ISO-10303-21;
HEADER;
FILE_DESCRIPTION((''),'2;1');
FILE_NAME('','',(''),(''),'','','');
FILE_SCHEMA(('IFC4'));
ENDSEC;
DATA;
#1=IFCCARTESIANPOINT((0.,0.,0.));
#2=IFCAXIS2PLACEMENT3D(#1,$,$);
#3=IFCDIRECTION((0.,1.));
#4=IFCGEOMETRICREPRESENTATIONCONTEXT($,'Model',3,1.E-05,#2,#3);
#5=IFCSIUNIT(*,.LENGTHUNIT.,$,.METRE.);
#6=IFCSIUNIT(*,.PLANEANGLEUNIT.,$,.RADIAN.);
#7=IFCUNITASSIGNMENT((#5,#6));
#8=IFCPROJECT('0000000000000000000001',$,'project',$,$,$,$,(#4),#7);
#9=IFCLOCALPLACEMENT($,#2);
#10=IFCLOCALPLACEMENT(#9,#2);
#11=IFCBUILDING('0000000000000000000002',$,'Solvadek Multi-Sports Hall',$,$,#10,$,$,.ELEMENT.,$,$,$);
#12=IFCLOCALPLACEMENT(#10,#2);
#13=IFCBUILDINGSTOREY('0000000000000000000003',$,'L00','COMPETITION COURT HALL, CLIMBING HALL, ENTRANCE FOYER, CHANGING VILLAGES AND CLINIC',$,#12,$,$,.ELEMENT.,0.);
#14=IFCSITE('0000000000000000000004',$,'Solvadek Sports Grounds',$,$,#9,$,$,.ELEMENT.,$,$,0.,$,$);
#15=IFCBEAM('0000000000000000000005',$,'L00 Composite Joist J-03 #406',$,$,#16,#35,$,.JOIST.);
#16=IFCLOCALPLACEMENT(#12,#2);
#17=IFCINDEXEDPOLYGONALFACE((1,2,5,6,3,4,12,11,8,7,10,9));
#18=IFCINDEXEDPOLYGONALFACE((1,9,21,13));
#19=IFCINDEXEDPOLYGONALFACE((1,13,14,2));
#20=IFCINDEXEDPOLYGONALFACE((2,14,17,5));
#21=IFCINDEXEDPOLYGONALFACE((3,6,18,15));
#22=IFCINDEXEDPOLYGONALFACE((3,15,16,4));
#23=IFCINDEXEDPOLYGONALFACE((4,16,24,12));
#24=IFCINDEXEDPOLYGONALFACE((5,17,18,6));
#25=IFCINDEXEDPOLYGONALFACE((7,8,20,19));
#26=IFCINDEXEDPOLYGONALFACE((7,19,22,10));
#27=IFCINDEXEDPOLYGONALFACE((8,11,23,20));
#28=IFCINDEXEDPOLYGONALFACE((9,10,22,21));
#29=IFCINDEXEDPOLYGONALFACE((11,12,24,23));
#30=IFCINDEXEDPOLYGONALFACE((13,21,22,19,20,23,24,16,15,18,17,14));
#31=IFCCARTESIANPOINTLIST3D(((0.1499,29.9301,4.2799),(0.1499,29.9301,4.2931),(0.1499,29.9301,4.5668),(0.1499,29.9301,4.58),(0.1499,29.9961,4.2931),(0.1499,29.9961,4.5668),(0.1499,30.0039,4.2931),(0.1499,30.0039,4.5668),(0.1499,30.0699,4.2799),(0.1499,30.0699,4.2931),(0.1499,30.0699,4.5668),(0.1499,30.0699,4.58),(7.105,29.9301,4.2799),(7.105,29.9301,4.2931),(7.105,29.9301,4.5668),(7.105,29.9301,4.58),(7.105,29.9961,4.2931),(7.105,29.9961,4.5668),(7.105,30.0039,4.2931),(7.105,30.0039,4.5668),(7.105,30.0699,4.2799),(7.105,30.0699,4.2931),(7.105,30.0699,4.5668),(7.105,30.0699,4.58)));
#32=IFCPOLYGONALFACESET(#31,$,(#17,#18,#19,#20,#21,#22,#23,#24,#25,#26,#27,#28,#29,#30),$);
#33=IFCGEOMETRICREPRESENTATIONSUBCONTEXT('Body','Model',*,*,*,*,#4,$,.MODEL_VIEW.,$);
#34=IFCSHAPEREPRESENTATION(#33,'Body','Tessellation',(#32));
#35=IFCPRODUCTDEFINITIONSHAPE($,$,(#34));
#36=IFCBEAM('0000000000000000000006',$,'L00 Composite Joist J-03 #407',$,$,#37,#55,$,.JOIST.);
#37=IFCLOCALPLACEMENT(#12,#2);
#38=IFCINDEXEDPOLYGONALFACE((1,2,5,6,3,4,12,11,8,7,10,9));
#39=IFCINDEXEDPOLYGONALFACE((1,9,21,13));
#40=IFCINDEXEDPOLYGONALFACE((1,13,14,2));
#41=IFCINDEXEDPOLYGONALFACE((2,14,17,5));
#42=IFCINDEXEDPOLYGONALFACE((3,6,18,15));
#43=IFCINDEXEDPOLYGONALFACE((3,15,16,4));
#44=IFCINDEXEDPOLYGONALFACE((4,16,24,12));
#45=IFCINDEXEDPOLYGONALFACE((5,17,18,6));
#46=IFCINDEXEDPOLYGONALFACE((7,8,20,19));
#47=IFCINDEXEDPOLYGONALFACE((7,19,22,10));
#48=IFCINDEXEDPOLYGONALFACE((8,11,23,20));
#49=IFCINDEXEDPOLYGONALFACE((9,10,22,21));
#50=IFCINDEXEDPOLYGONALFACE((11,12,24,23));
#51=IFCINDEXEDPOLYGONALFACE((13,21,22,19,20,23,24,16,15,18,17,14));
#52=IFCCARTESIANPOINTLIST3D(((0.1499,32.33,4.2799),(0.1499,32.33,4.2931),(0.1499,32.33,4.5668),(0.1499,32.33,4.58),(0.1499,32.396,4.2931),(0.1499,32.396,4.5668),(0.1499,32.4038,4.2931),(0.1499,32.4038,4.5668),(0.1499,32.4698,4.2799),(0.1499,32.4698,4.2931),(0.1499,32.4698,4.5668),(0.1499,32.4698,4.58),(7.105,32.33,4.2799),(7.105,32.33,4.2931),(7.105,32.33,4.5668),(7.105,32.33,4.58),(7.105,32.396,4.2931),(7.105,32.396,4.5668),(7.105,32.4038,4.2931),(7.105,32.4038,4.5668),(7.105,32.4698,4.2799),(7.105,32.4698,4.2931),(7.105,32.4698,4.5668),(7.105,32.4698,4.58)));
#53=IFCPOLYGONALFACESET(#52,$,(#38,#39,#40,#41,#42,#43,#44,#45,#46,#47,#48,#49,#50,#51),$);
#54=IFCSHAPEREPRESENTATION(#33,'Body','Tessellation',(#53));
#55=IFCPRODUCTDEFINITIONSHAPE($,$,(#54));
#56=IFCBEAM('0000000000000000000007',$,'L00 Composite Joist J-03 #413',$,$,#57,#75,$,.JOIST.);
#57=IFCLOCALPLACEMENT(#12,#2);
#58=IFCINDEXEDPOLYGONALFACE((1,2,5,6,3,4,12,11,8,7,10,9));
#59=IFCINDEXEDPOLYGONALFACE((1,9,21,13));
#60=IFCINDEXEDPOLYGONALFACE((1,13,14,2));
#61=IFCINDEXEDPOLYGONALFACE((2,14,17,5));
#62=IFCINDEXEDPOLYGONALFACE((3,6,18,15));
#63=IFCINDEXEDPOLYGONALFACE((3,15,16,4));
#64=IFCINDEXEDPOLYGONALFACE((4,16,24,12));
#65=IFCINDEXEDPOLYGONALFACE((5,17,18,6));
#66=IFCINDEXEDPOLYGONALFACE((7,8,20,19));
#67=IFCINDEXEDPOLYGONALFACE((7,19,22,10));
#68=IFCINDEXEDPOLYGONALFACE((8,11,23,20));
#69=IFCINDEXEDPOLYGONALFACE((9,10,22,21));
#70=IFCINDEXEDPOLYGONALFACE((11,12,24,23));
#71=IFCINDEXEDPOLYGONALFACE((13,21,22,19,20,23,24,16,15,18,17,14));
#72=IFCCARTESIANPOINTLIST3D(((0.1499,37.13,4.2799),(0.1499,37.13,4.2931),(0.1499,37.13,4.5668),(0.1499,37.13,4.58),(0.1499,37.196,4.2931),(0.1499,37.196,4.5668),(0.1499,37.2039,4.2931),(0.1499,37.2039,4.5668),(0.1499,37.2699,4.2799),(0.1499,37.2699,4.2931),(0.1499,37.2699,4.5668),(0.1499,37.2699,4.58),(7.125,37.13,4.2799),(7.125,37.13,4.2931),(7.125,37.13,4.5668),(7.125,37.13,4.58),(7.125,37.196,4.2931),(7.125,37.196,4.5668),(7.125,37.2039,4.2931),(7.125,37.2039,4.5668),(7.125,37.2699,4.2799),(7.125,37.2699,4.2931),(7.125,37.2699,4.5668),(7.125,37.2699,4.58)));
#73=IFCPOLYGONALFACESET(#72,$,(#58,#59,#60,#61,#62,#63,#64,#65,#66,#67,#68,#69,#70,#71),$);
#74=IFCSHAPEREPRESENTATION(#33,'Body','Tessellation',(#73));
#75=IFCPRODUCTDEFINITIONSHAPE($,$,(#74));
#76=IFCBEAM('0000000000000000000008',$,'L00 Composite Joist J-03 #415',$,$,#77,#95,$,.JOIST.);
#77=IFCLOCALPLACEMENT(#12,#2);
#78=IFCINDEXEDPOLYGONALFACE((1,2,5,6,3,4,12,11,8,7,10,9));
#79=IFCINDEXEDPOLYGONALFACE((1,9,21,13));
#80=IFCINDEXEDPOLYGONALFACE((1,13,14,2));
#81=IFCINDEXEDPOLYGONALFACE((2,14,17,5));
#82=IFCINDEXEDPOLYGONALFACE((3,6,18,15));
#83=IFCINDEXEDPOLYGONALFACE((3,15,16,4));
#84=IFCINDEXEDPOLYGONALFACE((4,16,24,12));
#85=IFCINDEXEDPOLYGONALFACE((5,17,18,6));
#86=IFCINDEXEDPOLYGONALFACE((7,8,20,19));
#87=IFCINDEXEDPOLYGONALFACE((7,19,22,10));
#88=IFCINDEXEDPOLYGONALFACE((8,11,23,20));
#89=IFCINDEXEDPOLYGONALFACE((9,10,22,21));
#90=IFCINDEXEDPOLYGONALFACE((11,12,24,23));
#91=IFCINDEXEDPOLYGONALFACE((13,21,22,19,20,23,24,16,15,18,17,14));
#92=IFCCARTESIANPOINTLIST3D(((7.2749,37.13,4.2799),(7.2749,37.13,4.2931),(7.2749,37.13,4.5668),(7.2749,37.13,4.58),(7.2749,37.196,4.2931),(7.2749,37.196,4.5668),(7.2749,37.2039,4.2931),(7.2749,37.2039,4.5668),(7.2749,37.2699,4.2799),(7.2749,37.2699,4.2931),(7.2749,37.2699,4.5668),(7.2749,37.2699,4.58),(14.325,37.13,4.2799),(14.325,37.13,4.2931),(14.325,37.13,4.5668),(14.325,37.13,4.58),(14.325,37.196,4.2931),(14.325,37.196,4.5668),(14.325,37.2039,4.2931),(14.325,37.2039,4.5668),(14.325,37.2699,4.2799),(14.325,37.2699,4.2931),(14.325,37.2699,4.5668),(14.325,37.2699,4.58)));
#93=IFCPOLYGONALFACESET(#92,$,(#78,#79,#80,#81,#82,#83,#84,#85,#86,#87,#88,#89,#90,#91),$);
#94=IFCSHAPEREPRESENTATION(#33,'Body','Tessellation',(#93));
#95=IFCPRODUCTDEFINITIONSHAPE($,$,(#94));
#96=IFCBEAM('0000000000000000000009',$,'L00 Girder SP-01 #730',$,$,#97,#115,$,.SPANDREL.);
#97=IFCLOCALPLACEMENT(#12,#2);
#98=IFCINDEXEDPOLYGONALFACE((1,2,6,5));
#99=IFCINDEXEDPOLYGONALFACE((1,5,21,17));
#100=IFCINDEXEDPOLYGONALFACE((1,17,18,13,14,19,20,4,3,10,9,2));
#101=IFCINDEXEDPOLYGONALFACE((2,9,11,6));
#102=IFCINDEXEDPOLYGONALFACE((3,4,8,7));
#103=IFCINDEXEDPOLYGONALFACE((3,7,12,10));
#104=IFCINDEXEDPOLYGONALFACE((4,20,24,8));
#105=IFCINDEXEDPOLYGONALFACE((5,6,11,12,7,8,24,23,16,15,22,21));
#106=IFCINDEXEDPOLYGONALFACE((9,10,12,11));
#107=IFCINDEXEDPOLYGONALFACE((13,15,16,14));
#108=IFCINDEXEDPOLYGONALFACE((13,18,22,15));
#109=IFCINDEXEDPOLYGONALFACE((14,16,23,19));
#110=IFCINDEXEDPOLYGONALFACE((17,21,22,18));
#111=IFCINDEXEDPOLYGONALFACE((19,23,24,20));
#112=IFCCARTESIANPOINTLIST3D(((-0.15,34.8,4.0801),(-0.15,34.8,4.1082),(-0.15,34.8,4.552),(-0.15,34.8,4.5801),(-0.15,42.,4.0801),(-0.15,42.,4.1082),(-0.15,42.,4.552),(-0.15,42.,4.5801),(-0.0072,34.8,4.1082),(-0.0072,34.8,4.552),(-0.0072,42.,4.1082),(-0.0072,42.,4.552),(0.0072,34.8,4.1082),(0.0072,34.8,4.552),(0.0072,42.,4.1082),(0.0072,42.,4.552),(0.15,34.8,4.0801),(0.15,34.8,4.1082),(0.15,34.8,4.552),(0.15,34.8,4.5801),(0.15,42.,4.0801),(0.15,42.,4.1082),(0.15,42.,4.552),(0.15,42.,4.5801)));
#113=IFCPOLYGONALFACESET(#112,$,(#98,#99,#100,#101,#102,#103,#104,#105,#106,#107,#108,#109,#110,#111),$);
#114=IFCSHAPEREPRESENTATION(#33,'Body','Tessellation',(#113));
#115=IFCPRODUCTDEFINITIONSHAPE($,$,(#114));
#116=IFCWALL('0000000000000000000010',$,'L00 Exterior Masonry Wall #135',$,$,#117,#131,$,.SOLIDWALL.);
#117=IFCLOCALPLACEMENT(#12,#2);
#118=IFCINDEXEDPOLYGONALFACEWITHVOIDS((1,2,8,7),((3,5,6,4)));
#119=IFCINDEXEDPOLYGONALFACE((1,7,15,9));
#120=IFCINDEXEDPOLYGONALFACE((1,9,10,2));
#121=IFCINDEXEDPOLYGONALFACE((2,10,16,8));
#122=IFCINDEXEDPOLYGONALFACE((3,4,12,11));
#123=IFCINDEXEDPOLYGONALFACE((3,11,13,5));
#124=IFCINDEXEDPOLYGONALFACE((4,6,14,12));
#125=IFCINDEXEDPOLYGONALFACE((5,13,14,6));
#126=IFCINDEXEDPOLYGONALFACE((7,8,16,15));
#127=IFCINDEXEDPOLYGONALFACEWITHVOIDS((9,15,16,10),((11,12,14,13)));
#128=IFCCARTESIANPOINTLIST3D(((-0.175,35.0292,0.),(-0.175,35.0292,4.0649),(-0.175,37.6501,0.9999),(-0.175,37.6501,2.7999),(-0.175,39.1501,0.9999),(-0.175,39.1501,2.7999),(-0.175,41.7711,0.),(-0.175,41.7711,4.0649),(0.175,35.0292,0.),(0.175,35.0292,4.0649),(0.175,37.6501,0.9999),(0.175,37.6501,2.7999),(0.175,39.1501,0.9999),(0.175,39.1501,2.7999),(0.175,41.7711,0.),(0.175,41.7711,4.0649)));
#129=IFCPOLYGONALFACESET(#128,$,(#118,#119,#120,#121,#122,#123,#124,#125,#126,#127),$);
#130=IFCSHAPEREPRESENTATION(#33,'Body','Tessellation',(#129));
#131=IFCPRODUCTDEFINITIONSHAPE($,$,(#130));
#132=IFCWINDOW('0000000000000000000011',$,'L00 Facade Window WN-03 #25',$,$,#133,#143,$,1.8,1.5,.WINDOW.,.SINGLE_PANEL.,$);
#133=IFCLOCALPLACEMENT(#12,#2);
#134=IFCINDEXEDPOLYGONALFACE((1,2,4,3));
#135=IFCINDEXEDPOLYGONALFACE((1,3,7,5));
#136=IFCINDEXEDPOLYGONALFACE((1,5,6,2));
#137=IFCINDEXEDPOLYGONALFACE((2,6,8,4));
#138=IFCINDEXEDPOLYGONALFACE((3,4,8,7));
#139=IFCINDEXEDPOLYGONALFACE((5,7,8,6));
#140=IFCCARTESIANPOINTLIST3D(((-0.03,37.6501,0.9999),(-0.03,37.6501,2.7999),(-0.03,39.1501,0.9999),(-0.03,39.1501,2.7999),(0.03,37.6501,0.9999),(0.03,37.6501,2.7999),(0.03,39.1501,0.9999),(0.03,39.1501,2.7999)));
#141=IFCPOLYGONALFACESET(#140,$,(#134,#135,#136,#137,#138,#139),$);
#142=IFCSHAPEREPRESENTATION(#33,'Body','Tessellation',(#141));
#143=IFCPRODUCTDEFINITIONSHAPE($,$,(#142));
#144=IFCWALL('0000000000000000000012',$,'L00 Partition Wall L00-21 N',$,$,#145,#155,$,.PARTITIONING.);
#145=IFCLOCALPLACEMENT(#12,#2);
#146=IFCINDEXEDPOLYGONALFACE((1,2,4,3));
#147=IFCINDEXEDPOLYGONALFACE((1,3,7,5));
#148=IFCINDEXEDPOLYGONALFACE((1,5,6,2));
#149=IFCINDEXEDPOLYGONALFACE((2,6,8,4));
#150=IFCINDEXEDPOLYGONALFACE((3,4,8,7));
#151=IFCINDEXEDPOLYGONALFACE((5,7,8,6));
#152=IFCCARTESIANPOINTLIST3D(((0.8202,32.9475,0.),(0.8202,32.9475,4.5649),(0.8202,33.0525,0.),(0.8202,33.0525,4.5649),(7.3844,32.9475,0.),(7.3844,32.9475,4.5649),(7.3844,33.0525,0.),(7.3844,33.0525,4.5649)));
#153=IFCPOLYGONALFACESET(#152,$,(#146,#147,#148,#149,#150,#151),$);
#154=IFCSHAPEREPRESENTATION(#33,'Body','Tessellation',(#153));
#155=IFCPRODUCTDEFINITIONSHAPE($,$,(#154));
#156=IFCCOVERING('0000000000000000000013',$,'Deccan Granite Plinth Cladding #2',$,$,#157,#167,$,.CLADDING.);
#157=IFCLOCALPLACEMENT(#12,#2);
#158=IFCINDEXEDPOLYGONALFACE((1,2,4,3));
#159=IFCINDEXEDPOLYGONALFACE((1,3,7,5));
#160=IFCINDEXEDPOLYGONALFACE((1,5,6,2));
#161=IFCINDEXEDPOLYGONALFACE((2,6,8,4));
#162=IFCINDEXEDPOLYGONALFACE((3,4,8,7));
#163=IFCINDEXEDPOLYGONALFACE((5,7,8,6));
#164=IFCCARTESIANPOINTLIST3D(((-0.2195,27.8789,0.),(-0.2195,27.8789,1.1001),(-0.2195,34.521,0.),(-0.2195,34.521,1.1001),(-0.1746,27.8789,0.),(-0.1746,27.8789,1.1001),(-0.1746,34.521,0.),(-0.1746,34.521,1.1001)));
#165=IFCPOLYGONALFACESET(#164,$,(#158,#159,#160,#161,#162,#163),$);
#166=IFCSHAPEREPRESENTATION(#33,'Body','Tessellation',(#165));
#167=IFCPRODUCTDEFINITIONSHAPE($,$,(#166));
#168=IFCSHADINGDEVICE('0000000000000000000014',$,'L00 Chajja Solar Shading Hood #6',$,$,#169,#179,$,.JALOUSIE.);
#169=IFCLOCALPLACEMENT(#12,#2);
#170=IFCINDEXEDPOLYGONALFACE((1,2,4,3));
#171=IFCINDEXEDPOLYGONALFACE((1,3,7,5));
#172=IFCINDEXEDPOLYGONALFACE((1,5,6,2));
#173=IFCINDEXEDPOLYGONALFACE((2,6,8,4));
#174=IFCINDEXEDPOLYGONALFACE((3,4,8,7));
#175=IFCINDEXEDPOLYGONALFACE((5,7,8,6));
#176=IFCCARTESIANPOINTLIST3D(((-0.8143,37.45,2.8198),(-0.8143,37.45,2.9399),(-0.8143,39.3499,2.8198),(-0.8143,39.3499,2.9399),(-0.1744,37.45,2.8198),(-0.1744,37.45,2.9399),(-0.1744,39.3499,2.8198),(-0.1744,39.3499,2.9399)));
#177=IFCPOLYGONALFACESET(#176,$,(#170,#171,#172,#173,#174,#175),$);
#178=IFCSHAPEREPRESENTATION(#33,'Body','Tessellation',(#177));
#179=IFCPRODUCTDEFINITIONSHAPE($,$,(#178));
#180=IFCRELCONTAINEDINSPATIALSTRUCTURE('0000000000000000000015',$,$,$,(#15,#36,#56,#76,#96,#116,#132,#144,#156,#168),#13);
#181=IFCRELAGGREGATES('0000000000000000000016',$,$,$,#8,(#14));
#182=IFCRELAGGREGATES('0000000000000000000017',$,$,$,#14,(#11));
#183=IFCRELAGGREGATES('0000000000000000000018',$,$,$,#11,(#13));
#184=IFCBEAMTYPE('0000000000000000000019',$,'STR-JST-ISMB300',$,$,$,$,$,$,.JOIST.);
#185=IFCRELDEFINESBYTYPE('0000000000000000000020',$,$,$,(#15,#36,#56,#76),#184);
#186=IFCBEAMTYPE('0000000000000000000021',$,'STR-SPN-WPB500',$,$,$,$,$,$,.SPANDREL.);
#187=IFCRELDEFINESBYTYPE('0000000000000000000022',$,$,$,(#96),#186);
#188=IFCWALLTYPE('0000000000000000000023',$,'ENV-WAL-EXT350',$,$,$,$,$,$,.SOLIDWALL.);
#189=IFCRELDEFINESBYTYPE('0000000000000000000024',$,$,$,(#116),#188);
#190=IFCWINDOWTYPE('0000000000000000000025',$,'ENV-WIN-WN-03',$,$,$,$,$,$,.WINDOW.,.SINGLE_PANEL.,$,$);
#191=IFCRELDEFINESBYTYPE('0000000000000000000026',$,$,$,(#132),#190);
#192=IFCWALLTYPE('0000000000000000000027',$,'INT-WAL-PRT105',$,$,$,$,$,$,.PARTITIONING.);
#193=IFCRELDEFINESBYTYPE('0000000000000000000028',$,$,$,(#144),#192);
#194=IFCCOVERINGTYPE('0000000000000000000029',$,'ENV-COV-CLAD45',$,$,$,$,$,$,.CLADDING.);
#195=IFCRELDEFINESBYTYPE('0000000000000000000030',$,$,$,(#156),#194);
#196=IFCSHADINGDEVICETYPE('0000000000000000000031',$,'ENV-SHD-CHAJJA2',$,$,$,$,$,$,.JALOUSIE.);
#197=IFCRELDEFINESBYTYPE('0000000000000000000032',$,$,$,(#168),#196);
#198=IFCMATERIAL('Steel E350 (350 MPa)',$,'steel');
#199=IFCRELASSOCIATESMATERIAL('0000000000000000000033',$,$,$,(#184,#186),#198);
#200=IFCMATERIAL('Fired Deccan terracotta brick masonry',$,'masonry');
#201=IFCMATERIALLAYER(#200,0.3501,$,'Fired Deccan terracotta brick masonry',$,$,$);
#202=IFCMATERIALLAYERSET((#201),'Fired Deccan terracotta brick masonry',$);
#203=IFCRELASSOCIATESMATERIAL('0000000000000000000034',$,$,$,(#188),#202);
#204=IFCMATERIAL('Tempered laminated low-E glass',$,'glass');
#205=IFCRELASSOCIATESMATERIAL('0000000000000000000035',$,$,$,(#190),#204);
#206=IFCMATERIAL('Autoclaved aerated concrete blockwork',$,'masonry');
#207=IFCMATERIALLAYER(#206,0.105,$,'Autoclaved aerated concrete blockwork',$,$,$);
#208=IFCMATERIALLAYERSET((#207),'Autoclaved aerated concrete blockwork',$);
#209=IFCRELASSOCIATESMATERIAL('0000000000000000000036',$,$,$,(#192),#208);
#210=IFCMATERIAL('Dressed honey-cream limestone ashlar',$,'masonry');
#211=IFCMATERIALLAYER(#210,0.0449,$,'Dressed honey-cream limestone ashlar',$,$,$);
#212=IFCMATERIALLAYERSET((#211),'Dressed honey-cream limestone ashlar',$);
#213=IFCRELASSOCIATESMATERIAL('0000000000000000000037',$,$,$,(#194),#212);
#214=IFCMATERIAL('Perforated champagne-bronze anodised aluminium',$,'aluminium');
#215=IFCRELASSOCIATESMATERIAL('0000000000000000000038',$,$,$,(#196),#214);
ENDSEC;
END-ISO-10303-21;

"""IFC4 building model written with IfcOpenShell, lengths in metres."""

from ifc_helpers import new_model, si_unit, direction, frame, frame_2d, origin, origin_2d, place, context, subcontext, project, spatial, rectangle, i_section, extrude, material, layer, layer_set, material_profile, profile_set, type_object, element, fill, save


model = new_model("IFC4")

# Units and contexts
model_context = context("Model", 3, precision=1e-05, world=origin(), true_north=direction((0.0, 1.0)))
body_context = subcontext(model_context, "Body", "Model", "MODEL_VIEW")
ifc_project = project(units=[si_unit("LENGTHUNIT", "METRE"), si_unit("PLANEANGLEUNIT", "RADIAN")], contexts=[model_context])

# Site, building, storey
site_placement = place(None, origin())
site = spatial("IfcSite", under=ifc_project, at=site_placement, Name="Solvadek Sports Grounds", CompositionType="ELEMENT", RefElevation=0.0)
building_placement = place(site_placement, origin())
building = spatial("IfcBuilding", under=site, at=building_placement, Name="Solvadek Multi-Sports Hall", CompositionType="ELEMENT")
storey_placement = place(building_placement, origin())
storey = spatial("IfcBuildingStorey", under=building, at=storey_placement, Name="L00", Description="COMPETITION COURT HALL, CLIMBING HALL, ENTRANCE FOYER, CHANGING VILLAGES AND CLINIC", CompositionType="ELEMENT", Elevation=0.0)

# Shared definitions
ifc_material_1 = material(Name="Steel E350 (350 MPa)", Category="steel")

# Beams
ifc_material_profile_1 = material_profile(ifc_material_1, i_section(OverallWidth=0.1399, OverallDepth=0.3, WebThickness=0.0078, FlangeThickness=0.0132, at=origin_2d()), Name="ISMB 300")
ifc_profile_set_1 = profile_set([ifc_material_profile_1], Name="Steel E350 (350 MPa)")
beam_type_1 = type_object("IfcBeamType", Name="STR-JST-ISMB300", PredefinedType="JOIST", material=ifc_profile_set_1)
for number, where, z_axis, x_axis, name in (
    (1, (0.1499, 30.0, 4.4299), (1.0, 0.0, 0.0), (0.0, 1.0, 0.0), "L00 Composite Joist J-03 #406"),
    (2, (0.1499, 32.3999, 4.4299), (1.0, 0.0, 0.0), (0.0, 1.0, 0.0), "L00 Composite Joist J-03 #407"),
):
    element("IfcBeam", number, at=place(storey_placement, frame(where, z_axis=z_axis, x_axis=x_axis)), inside=storey, type_object=beam_type_1, Name=name, PredefinedType="JOIST", context=body_context, shape_type="SweptSolid", body=[
        extrude(i_section(OverallWidth=0.1399, OverallDepth=0.3, WebThickness=0.0078, FlangeThickness=0.0132, at=origin_2d()), origin(), (0.0, 0.0, 1.0), 6.9551),
    ])
beam_1_placement = place(storey_placement, frame((0.1499, 37.2, 4.4299), z_axis=(1.0, 0.0, 0.0), x_axis=(0.0, 1.0, 0.0)))
element("IfcBeam", 3, at=beam_1_placement, inside=storey, type_object=beam_type_1, Name="L00 Composite Joist J-03 #413", PredefinedType="JOIST", context=body_context, shape_type="SweptSolid", body=[
    extrude(i_section(OverallWidth=0.1399, OverallDepth=0.3, WebThickness=0.0078, FlangeThickness=0.0132, at=origin_2d()), origin(), (0.0, 0.0, 1.0), 6.9751),
])
beam_2_placement = place(storey_placement, frame((7.2749, 37.2, 4.4299), z_axis=(1.0, 0.0, 0.0), x_axis=(0.0, 1.0, 0.0)))
element("IfcBeam", 4, at=beam_2_placement, inside=storey, type_object=beam_type_1, Name="L00 Composite Joist J-03 #415", PredefinedType="JOIST", context=body_context, shape_type="SweptSolid", body=[
    extrude(i_section(OverallWidth=0.1399, OverallDepth=0.3, WebThickness=0.0078, FlangeThickness=0.0132, at=origin_2d()), origin(), (0.0, 0.0, 1.0), 7.05),
])
ifc_material_profile_2 = material_profile(ifc_material_1, i_section(OverallWidth=0.3, OverallDepth=0.5, WebThickness=0.0144, FlangeThickness=0.0281, at=origin_2d()), Name="WPB 500")
ifc_profile_set_2 = profile_set([ifc_material_profile_2], Name="Steel E350 (350 MPa)")
beam_type_2 = type_object("IfcBeamType", Name="STR-SPN-WPB500", PredefinedType="SPANDREL", material=ifc_profile_set_2)
beam_3_placement = place(storey_placement, frame((0.0, 34.8, 4.3301), z_axis=(0.0, 1.0, 0.0), x_axis=(-1.0, 0.0, 0.0)))
element("IfcBeam", 5, at=beam_3_placement, inside=storey, type_object=beam_type_2, Name="L00 Girder SP-01 #730", PredefinedType="SPANDREL", context=body_context, shape_type="SweptSolid", body=[
    extrude(i_section(OverallWidth=0.3, OverallDepth=0.5, WebThickness=0.0144, FlangeThickness=0.0281, at=origin_2d()), origin(), (0.0, 0.0, 1.0), 7.2),
])

# Shared definitions
ifc_material_2 = material(Name="Fired Deccan terracotta brick masonry", Category="masonry")
ifc_layer_1 = layer(ifc_material_2, 0.3501, Name="Fired Deccan terracotta brick masonry")
ifc_layer_set_1 = layer_set([ifc_layer_1], Name="Fired Deccan terracotta brick masonry")
wall_type_1 = type_object("IfcWallType", Name="ENV-WAL-EXT350", PredefinedType="SOLIDWALL", material=ifc_layer_set_1)

# Wall, opening, window
wall_1_placement = place(storey_placement, frame((0.0, 35.0291, 0.0), z_axis=(0.0, 0.0, 1.0), x_axis=(0.0, 1.0, 0.0)))
wall_1 = element("IfcWall", 6, at=wall_1_placement, inside=storey, type_object=wall_type_1, Name="L00 Exterior Masonry Wall #135", PredefinedType="SOLIDWALL", context=body_context, shape_type="SweptSolid", body=[
    extrude(rectangle(XDim=6.7419, YDim=0.3501, at=frame_2d((3.3711, 0.0))), origin(), (0.0, 0.0, 1.0), 4.0649),
])
opening_1_placement = place(wall_1_placement, frame((2.6211, 0.0, 1.0)))
opening_1 = element("IfcOpeningElement", 7, at=opening_1_placement, cuts=wall_1, PredefinedType="OPENING", context=body_context, shape_type="SweptSolid", body=[
    extrude(rectangle(XDim=1.5, YDim=1.8, at=frame_2d((0.75, 0.8999))), frame((0.0, 0.1851, 0.0), z_axis=(0.0, -1.0, 0.0), x_axis=(1.0, 0.0, 0.0)), (0.0, 0.0, 1.0), 0.3701),
])
ifc_material_3 = material(Name="Tempered laminated low-E glass", Category="glass")
window_type = type_object("IfcWindowType", Name="ENV-WIN-WN-03", PartitioningType="SINGLE_PANEL", PredefinedType="WINDOW", material=ifc_material_3)
window_placement = place(opening_1_placement, origin())
window = element("IfcWindow", 8, at=window_placement, inside=storey, type_object=window_type, Name="L00 Facade Window WN-03 #25", OverallHeight=1.8, OverallWidth=1.5, PartitioningType="SINGLE_PANEL", PredefinedType="WINDOW", context=body_context, shape_type="SweptSolid", body=[
    extrude(rectangle(XDim=1.5, YDim=1.8, at=frame_2d((0.75, 0.8999))), frame((0.0, 0.03, 0.0), z_axis=(0.0, -1.0, 0.0), x_axis=(1.0, 0.0, 0.0)), (0.0, 0.0, 1.0), 0.0601),
])
fill(opening_1, window)

# Wall
ifc_material_4 = material(Name="Autoclaved aerated concrete blockwork", Category="masonry")
ifc_layer_2 = layer(ifc_material_4, 0.105, Name="Autoclaved aerated concrete blockwork")
ifc_layer_set_2 = layer_set([ifc_layer_2], Name="Autoclaved aerated concrete blockwork")
wall_type_2 = type_object("IfcWallType", Name="INT-WAL-PRT105", PredefinedType="PARTITIONING", material=ifc_layer_set_2)
wall_2_placement = place(storey_placement, frame((0.8201, 33.0, 0.0), z_axis=(0.0, 0.0, 1.0), x_axis=(1.0, 0.0, 0.0)))
element("IfcWall", 9, at=wall_2_placement, inside=storey, type_object=wall_type_2, Name="L00 Partition Wall L00-21 N", PredefinedType="PARTITIONING", context=body_context, shape_type="SweptSolid", body=[
    extrude(rectangle(XDim=6.5642, YDim=0.105, at=frame_2d((3.2822, 0.0))), origin(), (0.0, 0.0, 1.0), 4.5649),
])

# Covering
ifc_material_5 = material(Name="Dressed honey-cream limestone ashlar", Category="masonry")
ifc_layer_3 = layer(ifc_material_5, 0.0449, Name="Dressed honey-cream limestone ashlar")
ifc_layer_set_3 = layer_set([ifc_layer_3], Name="Dressed honey-cream limestone ashlar")
covering_type = type_object("IfcCoveringType", Name="ENV-COV-CLAD45", PredefinedType="CLADDING", material=ifc_layer_set_3)
covering_placement = place(storey_placement, frame((-0.197, 31.2, 0.0), z_axis=(0.0, 0.0, 1.0), x_axis=(0.0, 1.0, 0.0)))
element("IfcCovering", 10, at=covering_placement, inside=storey, type_object=covering_type, Name="Deccan Granite Plinth Cladding #2", PredefinedType="CLADDING", context=body_context, shape_type="SweptSolid", body=[
    extrude(rectangle(XDim=6.6421, YDim=0.0449, at=origin_2d()), origin(), (0.0, 0.0, 1.0), 1.1001),
])

# Shading device
ifc_material_6 = material(Name="Perforated champagne-bronze anodised aluminium", Category="aluminium")
shading_device_type = type_object("IfcShadingDeviceType", Name="ENV-SHD-CHAJJA2", PredefinedType="JALOUSIE", material=ifc_material_6)
shading_device_placement = place(storey_placement, frame((-0.4944, 38.3999, 2.8198), z_axis=(0.0, 0.0, 1.0), x_axis=(0.0, 1.0, 0.0)))
element("IfcShadingDevice", 11, at=shading_device_placement, inside=storey, type_object=shading_device_type, Name="L00 Chajja Solar Shading Hood #6", PredefinedType="JALOUSIE", context=body_context, shape_type="SweptSolid", body=[
    extrude(rectangle(XDim=1.8999, YDim=0.6399, at=origin_2d()), origin(), (0.0, 0.0, 1.0), 0.1201),
])

save(model, "model.ifc")
